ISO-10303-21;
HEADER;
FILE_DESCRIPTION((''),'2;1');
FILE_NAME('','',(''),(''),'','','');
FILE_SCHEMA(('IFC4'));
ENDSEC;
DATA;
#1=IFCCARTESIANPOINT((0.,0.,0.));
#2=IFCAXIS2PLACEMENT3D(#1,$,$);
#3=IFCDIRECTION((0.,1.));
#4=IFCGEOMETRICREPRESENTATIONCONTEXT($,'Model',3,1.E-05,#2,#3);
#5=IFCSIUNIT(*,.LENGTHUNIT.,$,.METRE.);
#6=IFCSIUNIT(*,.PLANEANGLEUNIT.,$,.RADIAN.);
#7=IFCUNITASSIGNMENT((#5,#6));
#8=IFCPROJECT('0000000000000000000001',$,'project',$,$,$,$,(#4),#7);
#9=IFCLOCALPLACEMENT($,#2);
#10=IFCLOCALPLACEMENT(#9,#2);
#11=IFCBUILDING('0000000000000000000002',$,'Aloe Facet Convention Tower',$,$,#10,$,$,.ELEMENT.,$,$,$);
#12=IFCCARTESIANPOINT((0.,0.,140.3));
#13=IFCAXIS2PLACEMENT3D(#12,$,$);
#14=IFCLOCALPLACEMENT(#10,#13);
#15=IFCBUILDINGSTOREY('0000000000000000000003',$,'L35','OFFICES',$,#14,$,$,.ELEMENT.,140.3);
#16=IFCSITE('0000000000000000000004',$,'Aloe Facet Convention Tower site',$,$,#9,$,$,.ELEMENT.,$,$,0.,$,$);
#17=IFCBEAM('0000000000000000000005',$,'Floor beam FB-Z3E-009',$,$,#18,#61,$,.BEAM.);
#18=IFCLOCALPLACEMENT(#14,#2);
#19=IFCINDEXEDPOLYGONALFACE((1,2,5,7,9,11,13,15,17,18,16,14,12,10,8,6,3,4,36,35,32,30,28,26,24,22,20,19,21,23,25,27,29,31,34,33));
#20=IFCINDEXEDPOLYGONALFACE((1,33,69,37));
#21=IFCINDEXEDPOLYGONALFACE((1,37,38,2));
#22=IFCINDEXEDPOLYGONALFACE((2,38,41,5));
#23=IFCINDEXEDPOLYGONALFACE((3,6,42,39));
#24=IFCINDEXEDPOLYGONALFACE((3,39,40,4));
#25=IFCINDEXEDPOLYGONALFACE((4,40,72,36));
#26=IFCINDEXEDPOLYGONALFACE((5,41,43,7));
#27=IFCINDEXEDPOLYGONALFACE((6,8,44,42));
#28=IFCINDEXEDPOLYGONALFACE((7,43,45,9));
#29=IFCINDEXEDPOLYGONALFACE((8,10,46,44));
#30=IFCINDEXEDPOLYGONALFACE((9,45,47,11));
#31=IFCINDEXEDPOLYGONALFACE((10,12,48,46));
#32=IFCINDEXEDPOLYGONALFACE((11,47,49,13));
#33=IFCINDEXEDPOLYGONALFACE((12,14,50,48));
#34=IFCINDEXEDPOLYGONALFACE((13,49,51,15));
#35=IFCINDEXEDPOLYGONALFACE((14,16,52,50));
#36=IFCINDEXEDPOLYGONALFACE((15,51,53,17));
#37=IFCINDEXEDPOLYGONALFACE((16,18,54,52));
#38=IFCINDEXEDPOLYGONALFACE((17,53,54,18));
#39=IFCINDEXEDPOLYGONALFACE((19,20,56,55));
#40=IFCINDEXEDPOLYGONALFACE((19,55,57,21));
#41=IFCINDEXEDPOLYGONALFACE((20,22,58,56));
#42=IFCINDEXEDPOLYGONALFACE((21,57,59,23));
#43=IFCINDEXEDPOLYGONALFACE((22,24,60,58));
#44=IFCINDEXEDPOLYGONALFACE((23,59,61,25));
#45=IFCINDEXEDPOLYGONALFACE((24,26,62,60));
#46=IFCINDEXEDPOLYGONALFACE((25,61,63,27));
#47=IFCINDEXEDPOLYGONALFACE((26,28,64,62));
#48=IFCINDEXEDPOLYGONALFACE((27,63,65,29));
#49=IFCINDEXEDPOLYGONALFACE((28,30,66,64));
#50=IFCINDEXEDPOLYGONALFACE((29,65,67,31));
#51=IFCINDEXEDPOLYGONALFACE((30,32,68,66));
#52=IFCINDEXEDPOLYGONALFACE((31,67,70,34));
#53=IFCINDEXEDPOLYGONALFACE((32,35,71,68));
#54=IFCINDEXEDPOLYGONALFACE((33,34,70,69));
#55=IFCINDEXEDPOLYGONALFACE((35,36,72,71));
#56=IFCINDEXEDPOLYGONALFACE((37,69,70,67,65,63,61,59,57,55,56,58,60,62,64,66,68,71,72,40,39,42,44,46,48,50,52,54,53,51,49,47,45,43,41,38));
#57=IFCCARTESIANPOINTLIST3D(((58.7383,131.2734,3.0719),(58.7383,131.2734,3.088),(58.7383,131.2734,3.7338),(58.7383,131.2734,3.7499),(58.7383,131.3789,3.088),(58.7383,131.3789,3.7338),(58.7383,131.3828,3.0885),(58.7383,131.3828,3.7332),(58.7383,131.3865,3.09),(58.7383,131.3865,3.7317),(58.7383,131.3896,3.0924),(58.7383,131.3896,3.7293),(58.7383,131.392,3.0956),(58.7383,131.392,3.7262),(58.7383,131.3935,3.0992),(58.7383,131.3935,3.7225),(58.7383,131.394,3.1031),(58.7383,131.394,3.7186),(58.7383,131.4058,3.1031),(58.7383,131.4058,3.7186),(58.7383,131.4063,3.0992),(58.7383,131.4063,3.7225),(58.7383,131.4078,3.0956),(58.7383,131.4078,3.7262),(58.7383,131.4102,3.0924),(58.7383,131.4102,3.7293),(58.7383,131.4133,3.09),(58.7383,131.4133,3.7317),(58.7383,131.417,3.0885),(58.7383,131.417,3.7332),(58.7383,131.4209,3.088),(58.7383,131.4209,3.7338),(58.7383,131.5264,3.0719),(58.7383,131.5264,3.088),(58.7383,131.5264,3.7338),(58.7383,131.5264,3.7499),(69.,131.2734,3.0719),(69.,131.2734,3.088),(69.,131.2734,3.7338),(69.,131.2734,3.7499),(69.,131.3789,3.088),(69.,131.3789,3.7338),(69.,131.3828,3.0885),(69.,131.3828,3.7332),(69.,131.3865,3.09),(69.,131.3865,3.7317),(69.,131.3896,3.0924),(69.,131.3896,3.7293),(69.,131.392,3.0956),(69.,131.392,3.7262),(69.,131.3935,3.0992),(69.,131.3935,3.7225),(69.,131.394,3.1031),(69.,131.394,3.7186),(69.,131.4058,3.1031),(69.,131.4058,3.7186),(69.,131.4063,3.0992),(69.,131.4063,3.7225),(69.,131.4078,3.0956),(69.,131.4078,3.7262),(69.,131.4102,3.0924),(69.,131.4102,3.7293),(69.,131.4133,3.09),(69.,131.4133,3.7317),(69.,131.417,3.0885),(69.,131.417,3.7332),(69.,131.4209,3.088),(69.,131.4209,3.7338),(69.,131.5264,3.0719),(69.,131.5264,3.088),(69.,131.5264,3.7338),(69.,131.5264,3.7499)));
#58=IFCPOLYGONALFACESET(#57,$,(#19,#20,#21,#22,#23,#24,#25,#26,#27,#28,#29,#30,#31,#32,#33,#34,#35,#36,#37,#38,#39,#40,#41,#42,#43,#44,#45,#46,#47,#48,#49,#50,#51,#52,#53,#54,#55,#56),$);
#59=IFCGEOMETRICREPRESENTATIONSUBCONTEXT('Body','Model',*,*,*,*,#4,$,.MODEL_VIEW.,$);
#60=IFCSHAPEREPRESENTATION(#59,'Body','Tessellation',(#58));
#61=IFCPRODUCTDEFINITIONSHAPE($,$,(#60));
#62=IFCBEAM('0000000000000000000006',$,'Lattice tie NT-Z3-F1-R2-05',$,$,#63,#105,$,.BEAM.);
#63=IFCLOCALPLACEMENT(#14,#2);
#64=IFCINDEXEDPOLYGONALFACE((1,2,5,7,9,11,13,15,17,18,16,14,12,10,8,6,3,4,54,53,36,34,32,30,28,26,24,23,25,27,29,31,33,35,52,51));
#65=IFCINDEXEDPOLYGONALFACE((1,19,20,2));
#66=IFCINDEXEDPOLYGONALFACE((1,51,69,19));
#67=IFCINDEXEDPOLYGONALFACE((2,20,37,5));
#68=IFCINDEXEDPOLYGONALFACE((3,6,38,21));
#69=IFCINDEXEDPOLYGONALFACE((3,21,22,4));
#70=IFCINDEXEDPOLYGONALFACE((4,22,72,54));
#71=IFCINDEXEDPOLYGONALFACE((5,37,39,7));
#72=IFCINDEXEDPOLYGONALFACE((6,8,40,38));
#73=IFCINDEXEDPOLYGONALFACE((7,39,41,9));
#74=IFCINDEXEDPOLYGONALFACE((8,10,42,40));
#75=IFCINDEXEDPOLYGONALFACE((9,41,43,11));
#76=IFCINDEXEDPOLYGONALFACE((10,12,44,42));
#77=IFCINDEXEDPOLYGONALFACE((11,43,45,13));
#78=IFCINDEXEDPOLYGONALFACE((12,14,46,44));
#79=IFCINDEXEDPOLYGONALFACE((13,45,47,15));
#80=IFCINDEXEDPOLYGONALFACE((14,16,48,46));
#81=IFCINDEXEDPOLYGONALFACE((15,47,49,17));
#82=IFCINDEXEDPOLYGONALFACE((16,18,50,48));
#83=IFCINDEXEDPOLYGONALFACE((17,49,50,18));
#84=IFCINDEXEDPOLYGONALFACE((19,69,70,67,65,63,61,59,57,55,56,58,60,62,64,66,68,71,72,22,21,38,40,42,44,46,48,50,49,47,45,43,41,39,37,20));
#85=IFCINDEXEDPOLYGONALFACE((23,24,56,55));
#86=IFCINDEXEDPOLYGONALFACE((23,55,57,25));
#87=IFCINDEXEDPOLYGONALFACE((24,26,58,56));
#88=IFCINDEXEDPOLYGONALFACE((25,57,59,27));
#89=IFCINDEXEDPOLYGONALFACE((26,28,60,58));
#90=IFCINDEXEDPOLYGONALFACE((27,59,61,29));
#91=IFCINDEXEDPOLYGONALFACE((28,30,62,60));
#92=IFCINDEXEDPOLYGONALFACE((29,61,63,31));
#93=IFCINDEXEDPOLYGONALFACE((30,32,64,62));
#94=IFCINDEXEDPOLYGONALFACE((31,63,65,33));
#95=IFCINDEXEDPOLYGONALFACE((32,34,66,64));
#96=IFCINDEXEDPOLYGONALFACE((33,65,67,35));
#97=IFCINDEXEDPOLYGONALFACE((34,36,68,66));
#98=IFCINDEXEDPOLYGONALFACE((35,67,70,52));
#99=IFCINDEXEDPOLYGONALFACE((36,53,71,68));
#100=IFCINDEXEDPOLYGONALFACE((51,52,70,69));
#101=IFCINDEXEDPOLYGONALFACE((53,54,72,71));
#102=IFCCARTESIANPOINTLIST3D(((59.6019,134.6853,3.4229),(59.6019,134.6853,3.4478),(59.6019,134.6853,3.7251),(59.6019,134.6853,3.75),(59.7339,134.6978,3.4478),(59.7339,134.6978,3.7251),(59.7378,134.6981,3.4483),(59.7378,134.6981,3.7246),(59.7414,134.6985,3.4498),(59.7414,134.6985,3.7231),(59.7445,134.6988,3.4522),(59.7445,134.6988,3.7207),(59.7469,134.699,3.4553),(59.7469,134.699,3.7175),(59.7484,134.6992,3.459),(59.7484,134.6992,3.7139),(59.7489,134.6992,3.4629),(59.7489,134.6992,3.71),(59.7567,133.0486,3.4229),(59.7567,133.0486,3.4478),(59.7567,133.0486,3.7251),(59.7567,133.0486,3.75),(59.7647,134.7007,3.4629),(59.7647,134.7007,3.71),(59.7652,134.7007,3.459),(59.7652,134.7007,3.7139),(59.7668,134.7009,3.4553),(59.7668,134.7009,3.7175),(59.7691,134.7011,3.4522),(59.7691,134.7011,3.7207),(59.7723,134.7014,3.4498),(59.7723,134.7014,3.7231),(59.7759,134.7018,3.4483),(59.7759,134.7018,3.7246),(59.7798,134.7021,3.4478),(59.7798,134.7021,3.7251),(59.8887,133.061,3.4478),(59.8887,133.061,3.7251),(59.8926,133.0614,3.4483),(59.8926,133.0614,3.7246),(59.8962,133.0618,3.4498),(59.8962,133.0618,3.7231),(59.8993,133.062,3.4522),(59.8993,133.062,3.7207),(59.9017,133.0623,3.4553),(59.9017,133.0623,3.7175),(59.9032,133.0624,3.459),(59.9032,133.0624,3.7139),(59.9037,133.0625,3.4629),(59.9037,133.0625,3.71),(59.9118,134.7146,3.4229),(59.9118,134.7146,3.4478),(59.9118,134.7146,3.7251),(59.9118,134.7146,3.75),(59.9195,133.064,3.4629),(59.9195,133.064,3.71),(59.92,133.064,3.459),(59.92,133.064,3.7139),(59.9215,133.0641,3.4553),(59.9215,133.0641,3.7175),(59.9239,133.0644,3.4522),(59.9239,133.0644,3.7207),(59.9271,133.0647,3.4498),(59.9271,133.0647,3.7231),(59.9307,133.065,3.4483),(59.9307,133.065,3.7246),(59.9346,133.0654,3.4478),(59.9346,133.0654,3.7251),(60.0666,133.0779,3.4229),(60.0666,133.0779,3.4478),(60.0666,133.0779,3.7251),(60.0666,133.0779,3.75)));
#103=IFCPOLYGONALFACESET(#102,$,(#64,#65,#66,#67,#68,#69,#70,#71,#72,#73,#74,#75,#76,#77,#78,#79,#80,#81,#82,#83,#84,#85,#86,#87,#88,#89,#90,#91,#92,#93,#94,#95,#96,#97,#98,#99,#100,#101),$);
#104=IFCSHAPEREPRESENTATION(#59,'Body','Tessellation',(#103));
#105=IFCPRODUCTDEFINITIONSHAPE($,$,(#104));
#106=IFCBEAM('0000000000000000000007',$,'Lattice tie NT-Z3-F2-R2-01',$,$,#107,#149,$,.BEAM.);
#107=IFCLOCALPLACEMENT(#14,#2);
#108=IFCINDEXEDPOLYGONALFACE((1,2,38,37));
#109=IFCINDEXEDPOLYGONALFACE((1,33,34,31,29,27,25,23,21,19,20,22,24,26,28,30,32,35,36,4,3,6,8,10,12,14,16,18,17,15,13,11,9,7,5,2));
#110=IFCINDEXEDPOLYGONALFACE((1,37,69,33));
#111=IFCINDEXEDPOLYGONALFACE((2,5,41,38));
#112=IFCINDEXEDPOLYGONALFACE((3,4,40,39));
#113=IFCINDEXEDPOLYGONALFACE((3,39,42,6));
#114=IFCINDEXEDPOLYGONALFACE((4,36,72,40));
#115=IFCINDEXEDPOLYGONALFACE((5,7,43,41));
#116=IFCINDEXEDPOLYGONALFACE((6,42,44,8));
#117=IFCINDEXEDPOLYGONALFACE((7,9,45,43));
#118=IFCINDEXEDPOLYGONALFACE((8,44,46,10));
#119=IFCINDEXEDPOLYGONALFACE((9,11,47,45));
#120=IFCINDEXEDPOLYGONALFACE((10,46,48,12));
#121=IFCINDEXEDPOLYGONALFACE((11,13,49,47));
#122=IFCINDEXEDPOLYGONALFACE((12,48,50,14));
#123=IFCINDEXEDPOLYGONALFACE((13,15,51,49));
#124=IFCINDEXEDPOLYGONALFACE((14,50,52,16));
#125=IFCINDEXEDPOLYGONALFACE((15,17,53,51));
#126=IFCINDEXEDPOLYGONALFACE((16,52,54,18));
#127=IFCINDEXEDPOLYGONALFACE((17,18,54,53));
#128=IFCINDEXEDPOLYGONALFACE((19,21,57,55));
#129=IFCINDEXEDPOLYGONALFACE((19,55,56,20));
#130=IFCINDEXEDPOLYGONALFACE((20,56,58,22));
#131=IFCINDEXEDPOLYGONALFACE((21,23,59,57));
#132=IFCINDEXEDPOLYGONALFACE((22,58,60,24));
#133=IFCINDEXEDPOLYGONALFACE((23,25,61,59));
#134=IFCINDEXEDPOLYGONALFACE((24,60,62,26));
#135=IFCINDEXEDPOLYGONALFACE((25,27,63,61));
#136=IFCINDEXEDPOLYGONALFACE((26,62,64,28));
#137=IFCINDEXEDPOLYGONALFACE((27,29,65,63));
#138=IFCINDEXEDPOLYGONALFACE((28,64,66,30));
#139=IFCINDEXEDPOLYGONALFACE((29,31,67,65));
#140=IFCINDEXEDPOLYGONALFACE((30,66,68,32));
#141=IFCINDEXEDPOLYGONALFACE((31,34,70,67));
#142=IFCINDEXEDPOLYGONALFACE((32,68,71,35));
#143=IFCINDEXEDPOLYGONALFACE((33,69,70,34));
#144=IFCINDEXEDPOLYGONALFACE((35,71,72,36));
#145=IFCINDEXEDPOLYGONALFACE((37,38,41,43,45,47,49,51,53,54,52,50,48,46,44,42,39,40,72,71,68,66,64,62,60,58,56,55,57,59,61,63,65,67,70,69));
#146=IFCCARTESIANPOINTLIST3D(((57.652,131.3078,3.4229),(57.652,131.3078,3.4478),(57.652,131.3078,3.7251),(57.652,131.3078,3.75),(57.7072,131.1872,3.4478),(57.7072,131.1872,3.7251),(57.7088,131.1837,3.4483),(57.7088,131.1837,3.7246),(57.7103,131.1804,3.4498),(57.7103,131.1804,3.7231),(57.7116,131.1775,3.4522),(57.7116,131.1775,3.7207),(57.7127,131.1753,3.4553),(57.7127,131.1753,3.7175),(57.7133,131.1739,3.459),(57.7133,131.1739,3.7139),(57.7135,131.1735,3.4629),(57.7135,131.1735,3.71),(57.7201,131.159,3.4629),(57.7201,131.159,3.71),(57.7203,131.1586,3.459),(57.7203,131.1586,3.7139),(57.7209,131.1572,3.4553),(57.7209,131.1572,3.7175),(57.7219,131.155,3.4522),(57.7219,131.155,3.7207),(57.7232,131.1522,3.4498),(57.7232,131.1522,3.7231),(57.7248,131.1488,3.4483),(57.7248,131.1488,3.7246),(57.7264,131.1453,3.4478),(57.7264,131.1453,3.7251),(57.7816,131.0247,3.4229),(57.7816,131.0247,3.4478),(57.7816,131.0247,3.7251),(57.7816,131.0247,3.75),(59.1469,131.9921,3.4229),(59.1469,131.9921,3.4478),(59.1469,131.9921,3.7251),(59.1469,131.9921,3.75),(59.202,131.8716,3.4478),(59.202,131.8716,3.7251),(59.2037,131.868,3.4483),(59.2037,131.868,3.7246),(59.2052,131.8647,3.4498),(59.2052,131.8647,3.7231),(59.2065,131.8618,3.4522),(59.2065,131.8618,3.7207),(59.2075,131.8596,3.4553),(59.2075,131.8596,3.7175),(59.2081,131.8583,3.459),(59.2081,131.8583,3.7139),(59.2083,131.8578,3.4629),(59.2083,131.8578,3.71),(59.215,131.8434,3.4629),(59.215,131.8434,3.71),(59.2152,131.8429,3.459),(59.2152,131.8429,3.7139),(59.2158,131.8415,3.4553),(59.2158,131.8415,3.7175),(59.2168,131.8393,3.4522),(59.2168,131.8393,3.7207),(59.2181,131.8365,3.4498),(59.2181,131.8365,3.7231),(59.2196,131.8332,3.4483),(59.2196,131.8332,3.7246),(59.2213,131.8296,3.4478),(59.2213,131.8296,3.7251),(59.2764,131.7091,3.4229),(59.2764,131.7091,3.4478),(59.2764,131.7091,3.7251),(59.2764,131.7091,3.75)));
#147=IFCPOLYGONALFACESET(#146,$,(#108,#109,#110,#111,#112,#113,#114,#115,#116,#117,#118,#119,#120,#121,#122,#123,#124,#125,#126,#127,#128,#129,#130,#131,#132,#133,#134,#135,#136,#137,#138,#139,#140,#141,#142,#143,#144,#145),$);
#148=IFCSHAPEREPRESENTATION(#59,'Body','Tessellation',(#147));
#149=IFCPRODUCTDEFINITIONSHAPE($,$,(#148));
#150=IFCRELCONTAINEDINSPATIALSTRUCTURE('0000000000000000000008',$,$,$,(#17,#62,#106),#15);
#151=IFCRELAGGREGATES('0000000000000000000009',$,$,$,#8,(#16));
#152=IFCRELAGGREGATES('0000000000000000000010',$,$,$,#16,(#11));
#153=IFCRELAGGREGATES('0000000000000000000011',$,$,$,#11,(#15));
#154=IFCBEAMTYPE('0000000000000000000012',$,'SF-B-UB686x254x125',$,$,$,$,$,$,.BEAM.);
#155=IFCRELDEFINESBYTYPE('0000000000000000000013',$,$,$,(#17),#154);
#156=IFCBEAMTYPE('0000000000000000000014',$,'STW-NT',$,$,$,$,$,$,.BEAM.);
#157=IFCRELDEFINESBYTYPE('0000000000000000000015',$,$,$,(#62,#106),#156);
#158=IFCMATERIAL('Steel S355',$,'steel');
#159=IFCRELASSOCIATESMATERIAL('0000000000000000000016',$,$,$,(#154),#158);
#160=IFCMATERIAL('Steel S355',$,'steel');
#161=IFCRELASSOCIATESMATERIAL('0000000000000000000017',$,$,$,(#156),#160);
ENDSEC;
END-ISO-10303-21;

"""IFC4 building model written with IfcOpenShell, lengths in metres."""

from ifc_helpers import new_model, si_unit, direction, frame, origin, origin_2d, place, context, subcontext, project, spatial, i_section, extrude, material, material_profile, profile_set, type_object, element, save


model = new_model("IFC4")

# Units and contexts
model_context = context("Model", 3, precision=1e-05, world=origin(), true_north=direction((0.0, 1.0)))
body_context = subcontext(model_context, "Body", "Model", "MODEL_VIEW")
ifc_project = project(units=[si_unit("LENGTHUNIT", "METRE"), si_unit("PLANEANGLEUNIT", "RADIAN")], contexts=[model_context])

# Site, building, storey
site_placement = place(None, origin())
site = spatial("IfcSite", under=ifc_project, at=site_placement, Name="Aloe Facet Convention Tower site", CompositionType="ELEMENT", RefElevation=0.0)
building_placement = place(site_placement, origin())
building = spatial("IfcBuilding", under=site, at=building_placement, Name="Aloe Facet Convention Tower", CompositionType="ELEMENT")
storey_placement = place(building_placement, frame((0.0, 0.0, 140.3)))
storey = spatial("IfcBuildingStorey", under=building, at=storey_placement, Name="L35", Description="OFFICES", CompositionType="ELEMENT", Elevation=140.3)

# Beams
ifc_material_1 = material(Name="Steel S355", Category="steel")
ifc_material_profile_1 = material_profile(ifc_material_1, i_section(OverallWidth=0.2529, OverallDepth=0.678, WebThickness=0.0117, FlangeThickness=0.0161, FilletRadius=0.0151, at=origin_2d()), Name="UB 686x254x125")
ifc_profile_set_1 = profile_set([ifc_material_profile_1], Name="Steel S355")
beam_type_1 = type_object("IfcBeamType", Name="SF-B-UB686x254x125", PredefinedType="BEAM", material=ifc_profile_set_1)
beam_1_placement = place(storey_placement, frame((58.7383, 131.3999, 3.4109), z_axis=(1.0, 0.0, 0.0), x_axis=(0.0, 1.0, 0.0)))
element("IfcBeam", 1, at=beam_1_placement, inside=storey, type_object=beam_type_1, Name="Floor beam FB-Z3E-009", PredefinedType="BEAM", context=body_context, shape_type="SweptSolid", body=[
    extrude(i_section(OverallWidth=0.2529, OverallDepth=0.678, WebThickness=0.0117, FlangeThickness=0.0161, FilletRadius=0.0151, at=origin_2d()), origin(), (0.0, 0.0, 1.0), 10.2617),
])
ifc_material_2 = material(Name="Steel S355", Category="steel")
ifc_material_profile_2 = material_profile(ifc_material_2, i_section(OverallWidth=0.3113, OverallDepth=0.3271, WebThickness=0.0159, FlangeThickness=0.0249, FilletRadius=0.0151, at=origin_2d()), Name="UC 305x305x158")
ifc_profile_set_2 = profile_set([ifc_material_profile_2], Name="Steel S355")
beam_type_2 = type_object("IfcBeamType", Name="STW-NT", PredefinedType="BEAM", material=ifc_profile_set_2)
for number, where, z_axis, x_axis, name in (
    (2, (59.7568, 134.7, 3.5864), (0.09415, -0.995558, 0.0), (0.995558, 0.09415, 0.0), "Lattice tie NT-Z3-F1-R2-05"),
    (3, (57.7168, 131.1663, 3.5864), (0.909255, 0.41624, 0.0), (-0.41624, 0.909255, 0.0), "Lattice tie NT-Z3-F2-R2-01"),
):
    element("IfcBeam", number, at=place(storey_placement, frame(where, z_axis=z_axis, x_axis=x_axis)), inside=storey, type_object=beam_type_2, Name=name, PredefinedType="BEAM", context=body_context, shape_type="SweptSolid", body=[
        extrude(i_section(OverallWidth=0.3113, OverallDepth=0.3271, WebThickness=0.0159, FlangeThickness=0.0249, FilletRadius=0.0151, at=origin_2d()), origin(), (0.0, 0.0, 1.0), 1.644),
    ])

save(model, "model.ifc")
